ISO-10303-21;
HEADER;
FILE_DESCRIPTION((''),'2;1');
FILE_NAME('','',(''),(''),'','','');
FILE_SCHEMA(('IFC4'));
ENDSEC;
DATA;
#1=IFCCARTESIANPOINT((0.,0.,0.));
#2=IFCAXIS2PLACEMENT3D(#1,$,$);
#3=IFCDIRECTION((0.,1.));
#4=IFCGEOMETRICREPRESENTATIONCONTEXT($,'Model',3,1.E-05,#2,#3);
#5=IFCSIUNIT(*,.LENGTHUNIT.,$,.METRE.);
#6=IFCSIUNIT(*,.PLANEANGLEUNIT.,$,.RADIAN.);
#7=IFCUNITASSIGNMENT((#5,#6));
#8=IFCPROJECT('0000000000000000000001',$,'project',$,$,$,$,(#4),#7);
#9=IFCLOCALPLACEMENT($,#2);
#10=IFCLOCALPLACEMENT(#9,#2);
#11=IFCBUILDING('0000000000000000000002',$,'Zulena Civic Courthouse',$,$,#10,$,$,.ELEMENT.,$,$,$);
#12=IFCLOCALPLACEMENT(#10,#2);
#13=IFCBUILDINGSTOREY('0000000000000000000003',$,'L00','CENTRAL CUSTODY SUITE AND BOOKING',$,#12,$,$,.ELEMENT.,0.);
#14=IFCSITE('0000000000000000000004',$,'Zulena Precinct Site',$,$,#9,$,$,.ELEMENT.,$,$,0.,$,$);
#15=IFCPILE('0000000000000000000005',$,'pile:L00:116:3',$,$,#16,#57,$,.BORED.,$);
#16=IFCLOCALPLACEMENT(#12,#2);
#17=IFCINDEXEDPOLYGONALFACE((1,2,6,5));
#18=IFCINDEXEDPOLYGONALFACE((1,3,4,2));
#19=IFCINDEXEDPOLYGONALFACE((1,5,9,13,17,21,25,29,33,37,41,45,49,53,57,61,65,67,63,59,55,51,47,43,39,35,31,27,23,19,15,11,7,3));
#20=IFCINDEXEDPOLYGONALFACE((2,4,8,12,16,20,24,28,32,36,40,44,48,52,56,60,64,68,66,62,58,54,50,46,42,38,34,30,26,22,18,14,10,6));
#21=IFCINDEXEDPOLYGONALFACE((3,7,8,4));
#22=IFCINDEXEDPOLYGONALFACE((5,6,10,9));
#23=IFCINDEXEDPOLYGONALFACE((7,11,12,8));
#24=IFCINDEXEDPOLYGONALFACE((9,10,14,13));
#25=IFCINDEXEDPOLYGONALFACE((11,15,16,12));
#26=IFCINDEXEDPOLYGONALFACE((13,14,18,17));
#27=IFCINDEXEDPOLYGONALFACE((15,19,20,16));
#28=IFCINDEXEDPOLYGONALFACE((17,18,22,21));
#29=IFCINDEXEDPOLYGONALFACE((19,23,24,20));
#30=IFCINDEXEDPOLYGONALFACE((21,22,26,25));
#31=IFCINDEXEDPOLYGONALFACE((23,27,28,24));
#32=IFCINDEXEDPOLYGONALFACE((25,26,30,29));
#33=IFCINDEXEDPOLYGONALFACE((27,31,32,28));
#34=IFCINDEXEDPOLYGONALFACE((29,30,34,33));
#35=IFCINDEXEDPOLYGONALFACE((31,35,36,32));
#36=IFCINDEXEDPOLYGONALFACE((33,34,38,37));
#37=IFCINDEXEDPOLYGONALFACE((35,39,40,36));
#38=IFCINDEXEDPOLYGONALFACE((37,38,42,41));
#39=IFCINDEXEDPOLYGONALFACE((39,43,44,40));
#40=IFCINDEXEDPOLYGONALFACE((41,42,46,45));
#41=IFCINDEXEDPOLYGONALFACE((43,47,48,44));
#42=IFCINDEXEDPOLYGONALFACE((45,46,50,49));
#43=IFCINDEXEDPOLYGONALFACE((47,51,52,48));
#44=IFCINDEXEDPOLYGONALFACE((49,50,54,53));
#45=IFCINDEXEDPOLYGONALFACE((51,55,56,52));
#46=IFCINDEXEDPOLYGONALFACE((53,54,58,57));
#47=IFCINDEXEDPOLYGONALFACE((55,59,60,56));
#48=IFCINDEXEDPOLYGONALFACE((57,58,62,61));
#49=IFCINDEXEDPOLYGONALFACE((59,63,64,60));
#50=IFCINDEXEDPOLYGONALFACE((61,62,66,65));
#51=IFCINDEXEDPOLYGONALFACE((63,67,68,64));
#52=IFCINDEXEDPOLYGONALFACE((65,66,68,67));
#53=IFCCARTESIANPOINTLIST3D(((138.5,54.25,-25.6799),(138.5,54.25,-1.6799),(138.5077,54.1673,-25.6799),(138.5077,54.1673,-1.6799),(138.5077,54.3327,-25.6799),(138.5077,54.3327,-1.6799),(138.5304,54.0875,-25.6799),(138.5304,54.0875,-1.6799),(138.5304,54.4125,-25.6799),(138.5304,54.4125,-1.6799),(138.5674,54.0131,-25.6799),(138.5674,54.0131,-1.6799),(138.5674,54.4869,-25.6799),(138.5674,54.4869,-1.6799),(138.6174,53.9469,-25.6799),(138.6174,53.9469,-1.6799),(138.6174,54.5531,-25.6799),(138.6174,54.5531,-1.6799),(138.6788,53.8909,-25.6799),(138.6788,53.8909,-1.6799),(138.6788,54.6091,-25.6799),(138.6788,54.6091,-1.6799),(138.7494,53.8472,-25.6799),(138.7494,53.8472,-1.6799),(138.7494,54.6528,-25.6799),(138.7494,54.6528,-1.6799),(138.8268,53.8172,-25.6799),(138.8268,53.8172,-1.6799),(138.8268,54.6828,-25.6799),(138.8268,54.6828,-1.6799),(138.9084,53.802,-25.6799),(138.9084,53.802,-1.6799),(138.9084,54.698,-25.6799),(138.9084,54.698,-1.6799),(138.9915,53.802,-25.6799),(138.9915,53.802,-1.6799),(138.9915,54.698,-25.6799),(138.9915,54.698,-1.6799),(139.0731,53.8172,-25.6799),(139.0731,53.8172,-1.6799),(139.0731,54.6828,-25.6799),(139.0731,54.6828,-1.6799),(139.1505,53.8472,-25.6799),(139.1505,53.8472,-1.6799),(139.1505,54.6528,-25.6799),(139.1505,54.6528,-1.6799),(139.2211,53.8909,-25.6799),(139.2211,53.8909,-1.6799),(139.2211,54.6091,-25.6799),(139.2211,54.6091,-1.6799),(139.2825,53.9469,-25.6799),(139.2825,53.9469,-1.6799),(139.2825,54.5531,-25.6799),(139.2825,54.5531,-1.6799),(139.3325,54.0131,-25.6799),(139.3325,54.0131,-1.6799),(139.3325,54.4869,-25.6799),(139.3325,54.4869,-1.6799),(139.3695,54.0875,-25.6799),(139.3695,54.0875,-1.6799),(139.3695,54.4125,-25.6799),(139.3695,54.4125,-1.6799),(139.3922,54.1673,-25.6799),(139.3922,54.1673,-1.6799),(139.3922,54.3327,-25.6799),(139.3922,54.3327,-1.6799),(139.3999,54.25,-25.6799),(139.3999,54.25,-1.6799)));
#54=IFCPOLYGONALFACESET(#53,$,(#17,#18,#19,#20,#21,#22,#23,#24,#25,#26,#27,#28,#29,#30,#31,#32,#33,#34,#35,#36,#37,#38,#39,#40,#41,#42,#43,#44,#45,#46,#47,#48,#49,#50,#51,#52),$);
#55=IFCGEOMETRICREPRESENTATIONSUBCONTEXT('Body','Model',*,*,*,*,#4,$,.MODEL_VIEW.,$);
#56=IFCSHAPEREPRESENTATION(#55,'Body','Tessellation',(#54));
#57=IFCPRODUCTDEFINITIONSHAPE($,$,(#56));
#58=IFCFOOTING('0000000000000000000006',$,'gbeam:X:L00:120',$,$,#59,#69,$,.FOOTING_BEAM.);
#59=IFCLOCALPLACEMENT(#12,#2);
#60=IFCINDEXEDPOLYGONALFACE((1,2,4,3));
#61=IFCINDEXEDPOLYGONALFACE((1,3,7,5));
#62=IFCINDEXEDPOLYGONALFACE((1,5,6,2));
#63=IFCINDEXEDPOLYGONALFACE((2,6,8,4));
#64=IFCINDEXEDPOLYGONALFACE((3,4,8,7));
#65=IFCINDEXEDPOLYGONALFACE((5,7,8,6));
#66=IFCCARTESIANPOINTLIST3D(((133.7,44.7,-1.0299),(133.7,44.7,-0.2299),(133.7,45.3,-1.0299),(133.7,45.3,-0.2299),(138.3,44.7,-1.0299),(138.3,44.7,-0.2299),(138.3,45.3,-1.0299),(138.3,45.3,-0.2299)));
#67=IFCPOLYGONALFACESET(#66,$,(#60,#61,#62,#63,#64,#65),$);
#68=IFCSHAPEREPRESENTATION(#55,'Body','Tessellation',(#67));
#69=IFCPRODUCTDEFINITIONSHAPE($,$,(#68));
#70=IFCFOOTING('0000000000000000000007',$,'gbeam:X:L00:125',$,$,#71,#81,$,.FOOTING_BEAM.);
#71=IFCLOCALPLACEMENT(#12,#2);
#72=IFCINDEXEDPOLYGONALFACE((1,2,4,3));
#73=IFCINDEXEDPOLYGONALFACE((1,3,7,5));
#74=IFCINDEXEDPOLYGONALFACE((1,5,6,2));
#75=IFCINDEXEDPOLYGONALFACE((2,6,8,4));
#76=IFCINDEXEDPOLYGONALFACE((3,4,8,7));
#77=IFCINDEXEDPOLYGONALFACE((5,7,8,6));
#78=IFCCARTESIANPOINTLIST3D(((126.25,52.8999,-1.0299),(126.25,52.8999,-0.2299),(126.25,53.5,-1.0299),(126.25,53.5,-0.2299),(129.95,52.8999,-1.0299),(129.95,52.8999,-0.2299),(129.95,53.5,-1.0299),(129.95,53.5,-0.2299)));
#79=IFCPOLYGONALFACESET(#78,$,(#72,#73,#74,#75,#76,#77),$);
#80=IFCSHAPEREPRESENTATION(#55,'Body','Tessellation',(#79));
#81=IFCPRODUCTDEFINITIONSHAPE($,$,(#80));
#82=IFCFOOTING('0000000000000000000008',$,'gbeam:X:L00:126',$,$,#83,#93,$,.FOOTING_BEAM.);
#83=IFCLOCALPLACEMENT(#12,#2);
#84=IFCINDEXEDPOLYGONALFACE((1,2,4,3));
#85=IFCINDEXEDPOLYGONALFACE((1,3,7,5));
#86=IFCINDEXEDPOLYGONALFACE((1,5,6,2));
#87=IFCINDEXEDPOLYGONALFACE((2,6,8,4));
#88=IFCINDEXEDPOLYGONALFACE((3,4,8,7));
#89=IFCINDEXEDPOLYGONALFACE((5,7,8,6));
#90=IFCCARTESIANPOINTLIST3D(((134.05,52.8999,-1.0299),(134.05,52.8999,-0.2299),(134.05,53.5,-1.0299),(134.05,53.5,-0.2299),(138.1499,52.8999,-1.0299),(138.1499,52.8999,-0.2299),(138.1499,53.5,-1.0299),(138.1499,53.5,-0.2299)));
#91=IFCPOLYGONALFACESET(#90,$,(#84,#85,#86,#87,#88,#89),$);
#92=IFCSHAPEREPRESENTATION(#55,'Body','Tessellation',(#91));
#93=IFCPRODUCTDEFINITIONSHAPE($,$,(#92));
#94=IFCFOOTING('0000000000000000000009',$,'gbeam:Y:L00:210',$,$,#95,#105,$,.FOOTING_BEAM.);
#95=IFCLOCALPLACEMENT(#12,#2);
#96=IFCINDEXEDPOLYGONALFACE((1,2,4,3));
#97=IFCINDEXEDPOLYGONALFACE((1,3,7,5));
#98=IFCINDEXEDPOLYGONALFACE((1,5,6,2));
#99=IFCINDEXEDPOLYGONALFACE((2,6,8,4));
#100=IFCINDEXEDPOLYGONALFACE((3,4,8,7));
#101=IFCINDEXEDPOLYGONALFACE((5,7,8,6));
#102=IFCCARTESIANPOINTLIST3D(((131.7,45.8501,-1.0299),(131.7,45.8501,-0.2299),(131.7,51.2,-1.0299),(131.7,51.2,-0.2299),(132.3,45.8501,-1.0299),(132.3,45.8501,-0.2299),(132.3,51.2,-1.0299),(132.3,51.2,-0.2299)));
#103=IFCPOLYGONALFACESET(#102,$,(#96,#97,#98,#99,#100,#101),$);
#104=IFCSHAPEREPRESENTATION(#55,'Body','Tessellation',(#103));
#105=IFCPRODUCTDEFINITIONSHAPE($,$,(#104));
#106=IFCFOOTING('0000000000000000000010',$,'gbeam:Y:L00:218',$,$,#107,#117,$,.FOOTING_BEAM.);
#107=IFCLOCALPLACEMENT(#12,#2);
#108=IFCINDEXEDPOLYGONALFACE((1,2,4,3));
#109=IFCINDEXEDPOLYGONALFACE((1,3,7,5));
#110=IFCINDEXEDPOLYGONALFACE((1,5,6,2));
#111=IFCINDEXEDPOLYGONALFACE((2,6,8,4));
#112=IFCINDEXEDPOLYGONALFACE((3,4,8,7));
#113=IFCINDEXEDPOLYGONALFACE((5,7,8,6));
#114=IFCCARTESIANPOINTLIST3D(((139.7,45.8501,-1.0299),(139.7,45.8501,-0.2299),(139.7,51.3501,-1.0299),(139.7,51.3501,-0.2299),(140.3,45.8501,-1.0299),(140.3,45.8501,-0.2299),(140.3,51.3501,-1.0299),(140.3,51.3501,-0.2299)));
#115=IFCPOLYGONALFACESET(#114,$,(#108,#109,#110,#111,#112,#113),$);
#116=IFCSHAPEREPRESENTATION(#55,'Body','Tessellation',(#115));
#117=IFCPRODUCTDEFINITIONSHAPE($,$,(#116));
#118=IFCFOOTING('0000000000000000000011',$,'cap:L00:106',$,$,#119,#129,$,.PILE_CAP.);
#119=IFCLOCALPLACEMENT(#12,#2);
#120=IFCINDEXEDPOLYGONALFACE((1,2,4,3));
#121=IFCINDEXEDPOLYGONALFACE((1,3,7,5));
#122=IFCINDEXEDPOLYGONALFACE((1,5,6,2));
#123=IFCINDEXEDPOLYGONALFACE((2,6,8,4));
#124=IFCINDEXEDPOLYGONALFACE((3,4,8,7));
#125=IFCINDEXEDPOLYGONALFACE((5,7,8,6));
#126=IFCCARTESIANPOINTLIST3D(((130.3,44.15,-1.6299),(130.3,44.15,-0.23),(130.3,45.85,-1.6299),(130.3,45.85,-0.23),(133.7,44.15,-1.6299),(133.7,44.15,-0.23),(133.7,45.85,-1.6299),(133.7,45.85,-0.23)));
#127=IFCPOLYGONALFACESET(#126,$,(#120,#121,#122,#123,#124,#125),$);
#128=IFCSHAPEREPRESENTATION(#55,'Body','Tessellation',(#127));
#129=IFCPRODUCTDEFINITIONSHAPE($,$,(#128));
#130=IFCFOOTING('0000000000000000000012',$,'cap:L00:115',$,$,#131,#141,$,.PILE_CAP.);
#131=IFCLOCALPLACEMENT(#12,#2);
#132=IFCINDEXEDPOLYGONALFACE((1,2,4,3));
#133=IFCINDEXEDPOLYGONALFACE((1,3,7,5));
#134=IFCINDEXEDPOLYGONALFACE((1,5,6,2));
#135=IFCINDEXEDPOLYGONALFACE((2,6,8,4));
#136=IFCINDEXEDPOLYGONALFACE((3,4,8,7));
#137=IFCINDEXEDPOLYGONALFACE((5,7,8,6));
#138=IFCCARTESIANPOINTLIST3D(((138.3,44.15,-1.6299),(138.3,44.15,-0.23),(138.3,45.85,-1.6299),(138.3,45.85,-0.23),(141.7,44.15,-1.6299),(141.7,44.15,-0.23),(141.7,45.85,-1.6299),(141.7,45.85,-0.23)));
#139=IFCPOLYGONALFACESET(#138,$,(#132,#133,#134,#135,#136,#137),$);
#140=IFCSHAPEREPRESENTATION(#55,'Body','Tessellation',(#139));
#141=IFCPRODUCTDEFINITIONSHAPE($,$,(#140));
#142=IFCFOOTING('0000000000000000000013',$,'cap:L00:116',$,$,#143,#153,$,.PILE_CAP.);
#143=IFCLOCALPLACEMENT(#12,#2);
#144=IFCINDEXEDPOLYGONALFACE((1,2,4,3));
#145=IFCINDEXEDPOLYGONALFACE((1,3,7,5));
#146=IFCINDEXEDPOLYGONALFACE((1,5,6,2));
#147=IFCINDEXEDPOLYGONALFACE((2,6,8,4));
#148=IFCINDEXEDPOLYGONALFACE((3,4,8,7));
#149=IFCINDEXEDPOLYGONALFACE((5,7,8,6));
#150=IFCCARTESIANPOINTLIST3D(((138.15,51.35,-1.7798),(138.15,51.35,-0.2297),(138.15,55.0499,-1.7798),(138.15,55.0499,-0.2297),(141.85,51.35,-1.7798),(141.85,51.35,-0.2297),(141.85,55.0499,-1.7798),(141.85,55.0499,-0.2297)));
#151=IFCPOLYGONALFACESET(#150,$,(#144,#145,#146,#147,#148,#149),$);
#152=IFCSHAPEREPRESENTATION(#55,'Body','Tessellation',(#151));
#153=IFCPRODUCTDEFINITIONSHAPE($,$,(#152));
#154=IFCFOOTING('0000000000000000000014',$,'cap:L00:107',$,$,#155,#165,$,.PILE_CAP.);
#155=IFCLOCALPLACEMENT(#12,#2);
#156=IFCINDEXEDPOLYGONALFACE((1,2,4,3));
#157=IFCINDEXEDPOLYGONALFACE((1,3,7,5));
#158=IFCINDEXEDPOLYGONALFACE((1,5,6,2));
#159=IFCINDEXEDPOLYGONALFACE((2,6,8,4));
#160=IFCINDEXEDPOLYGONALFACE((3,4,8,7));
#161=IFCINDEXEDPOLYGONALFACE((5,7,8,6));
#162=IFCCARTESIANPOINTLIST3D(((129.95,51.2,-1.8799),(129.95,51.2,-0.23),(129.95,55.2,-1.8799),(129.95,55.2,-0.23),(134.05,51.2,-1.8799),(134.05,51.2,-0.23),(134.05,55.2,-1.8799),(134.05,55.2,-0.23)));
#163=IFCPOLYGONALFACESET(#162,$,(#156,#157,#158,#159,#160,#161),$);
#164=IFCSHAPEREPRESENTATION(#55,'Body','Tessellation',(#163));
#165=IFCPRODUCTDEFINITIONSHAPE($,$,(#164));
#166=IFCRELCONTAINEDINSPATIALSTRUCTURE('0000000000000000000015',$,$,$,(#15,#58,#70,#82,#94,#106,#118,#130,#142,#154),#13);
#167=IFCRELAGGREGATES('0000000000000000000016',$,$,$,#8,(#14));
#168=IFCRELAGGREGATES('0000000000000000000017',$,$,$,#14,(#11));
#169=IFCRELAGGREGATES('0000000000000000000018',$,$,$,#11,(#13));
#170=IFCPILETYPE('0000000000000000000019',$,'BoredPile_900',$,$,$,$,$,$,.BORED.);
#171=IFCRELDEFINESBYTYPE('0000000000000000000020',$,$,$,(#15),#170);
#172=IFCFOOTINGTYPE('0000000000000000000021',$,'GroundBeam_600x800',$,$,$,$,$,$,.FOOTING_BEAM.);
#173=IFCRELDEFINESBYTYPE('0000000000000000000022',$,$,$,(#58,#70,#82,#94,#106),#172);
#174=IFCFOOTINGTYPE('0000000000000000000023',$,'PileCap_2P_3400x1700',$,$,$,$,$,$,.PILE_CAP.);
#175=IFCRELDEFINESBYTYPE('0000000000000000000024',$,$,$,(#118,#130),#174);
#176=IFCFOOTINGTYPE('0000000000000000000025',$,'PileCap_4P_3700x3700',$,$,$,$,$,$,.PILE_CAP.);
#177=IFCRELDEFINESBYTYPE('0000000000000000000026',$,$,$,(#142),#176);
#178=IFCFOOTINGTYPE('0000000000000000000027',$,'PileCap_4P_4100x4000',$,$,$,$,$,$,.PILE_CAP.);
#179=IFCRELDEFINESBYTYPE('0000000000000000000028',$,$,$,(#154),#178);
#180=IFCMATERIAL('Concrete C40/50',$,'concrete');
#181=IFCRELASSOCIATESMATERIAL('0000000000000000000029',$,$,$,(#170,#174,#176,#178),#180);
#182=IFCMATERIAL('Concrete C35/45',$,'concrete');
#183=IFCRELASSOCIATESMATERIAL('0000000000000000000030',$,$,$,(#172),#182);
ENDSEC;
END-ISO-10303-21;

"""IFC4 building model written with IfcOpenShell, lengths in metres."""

from ifc_helpers import new_model, si_unit, direction, frame, origin, origin_2d, place, context, subcontext, project, spatial, rectangle, circle, extrude, material, material_profile, profile_set, type_object, element, save


model = new_model("IFC4")

# Units and contexts
model_context = context("Model", 3, precision=1e-05, world=origin(), true_north=direction((0.0, 1.0)))
body_context = subcontext(model_context, "Body", "Model", "MODEL_VIEW")
ifc_project = project(units=[si_unit("LENGTHUNIT", "METRE"), si_unit("PLANEANGLEUNIT", "RADIAN")], contexts=[model_context])

# Site, building, storey
site_placement = place(None, origin())
site = spatial("IfcSite", under=ifc_project, at=site_placement, Name="Zulena Precinct Site", CompositionType="ELEMENT", RefElevation=0.0)
building_placement = place(site_placement, origin())
building = spatial("IfcBuilding", under=site, at=building_placement, Name="Zulena Civic Courthouse", CompositionType="ELEMENT")
storey_placement = place(building_placement, origin())
storey = spatial("IfcBuildingStorey", under=building, at=storey_placement, Name="L00", Description="CENTRAL CUSTODY SUITE AND BOOKING", CompositionType="ELEMENT", Elevation=0.0)

# Pile
ifc_material_1 = material(Name="Concrete C40/50", Category="concrete")
ifc_material_profile_1 = material_profile(ifc_material_1, circle(Radius=0.45, at=origin_2d()), Name="PILE900")
ifc_profile_set_1 = profile_set([ifc_material_profile_1], Name="Concrete C40/50")
pile_type_1 = type_object("IfcPileType", Name="BoredPile_900", PredefinedType="BORED", material=ifc_profile_set_1)
for number, where, z_axis, x_axis, name in (
    (1, (138.95, 54.25, -1.6799), (0.0, 0.0, -1.0), (1.0, 0.0, 0.0), "pile:L00:116:3"),
):
    element("IfcPile", number, at=place(storey_placement, frame(where, z_axis=z_axis, x_axis=x_axis)), inside=storey, type_object=pile_type_1, Name=name, PredefinedType="BORED", context=body_context, shape_type="SweptSolid", body=[
        extrude(circle(Radius=0.45, at=origin_2d()), origin(), (0.0, 0.0, 1.0), 24.0),
    ])

# Footings
ifc_material_2 = material(Name="Concrete C35/45", Category="concrete")
ifc_material_profile_2 = material_profile(ifc_material_2, rectangle(XDim=0.6001, YDim=0.8, at=origin_2d()), Name="RC600X800")
ifc_profile_set_2 = profile_set([ifc_material_profile_2], Name="Concrete C35/45")
footing_type_1 = type_object("IfcFootingType", Name="GroundBeam_600x800", PredefinedType="FOOTING_BEAM", material=ifc_profile_set_2)
footing_1_placement = place(storey_placement, frame((133.7, 45.0, -0.6299), z_axis=(1.0, 0.0, 0.0), x_axis=(0.0, 1.0, 0.0)))
element("IfcFooting", 2, at=footing_1_placement, inside=storey, type_object=footing_type_1, Name="gbeam:X:L00:120", PredefinedType="FOOTING_BEAM", context=body_context, shape_type="SweptSolid", body=[
    extrude(rectangle(XDim=0.6001, YDim=0.8, at=origin_2d()), origin(), (0.0, 0.0, 1.0), 4.6001),
])
footing_2_placement = place(storey_placement, frame((126.25, 53.2, -0.6299), z_axis=(1.0, 0.0, 0.0), x_axis=(0.0, 1.0, 0.0)))
element("IfcFooting", 3, at=footing_2_placement, inside=storey, type_object=footing_type_1, Name="gbeam:X:L00:125", PredefinedType="FOOTING_BEAM", context=body_context, shape_type="SweptSolid", body=[
    extrude(rectangle(XDim=0.6001, YDim=0.8, at=origin_2d()), origin(), (0.0, 0.0, 1.0), 3.7),
])
footing_3_placement = place(storey_placement, frame((134.05, 53.2, -0.6299), z_axis=(1.0, 0.0, 0.0), x_axis=(0.0, 1.0, 0.0)))
element("IfcFooting", 4, at=footing_3_placement, inside=storey, type_object=footing_type_1, Name="gbeam:X:L00:126", PredefinedType="FOOTING_BEAM", context=body_context, shape_type="SweptSolid", body=[
    extrude(rectangle(XDim=0.6001, YDim=0.8, at=origin_2d()), origin(), (0.0, 0.0, 1.0), 4.0999),
])
footing_4_placement = place(storey_placement, frame((132.0, 45.8501, -0.6299), z_axis=(0.0, 1.0, 0.0), x_axis=(-1.0, 0.0, 0.0)))
element("IfcFooting", 5, at=footing_4_placement, inside=storey, type_object=footing_type_1, Name="gbeam:Y:L00:210", PredefinedType="FOOTING_BEAM", context=body_context, shape_type="SweptSolid", body=[
    extrude(rectangle(XDim=0.6001, YDim=0.8, at=origin_2d()), origin(), (0.0, 0.0, 1.0), 5.3499),
])
footing_5_placement = place(storey_placement, frame((140.0, 45.8501, -0.6299), z_axis=(0.0, 1.0, 0.0), x_axis=(-1.0, 0.0, 0.0)))
element("IfcFooting", 6, at=footing_5_placement, inside=storey, type_object=footing_type_1, Name="gbeam:Y:L00:218", PredefinedType="FOOTING_BEAM", context=body_context, shape_type="SweptSolid", body=[
    extrude(rectangle(XDim=0.6001, YDim=0.8, at=origin_2d()), origin(), (0.0, 0.0, 1.0), 5.5),
])
footing_type_2 = type_object("IfcFootingType", Name="PileCap_2P_3400x1700", PredefinedType="PILE_CAP", material=ifc_material_1)
for number, where, z_axis, x_axis, name in (
    (7, (132.0, 45.0, -1.6299), (0.0, 0.0, 1.0), (1.0, 0.0, 0.0), "cap:L00:106"),
    (8, (140.0, 45.0, -1.6299), (0.0, 0.0, 1.0), (1.0, 0.0, 0.0), "cap:L00:115"),
):
    element("IfcFooting", number, at=place(storey_placement, frame(where, z_axis=z_axis, x_axis=x_axis)), inside=storey, type_object=footing_type_2, Name=name, PredefinedType="PILE_CAP", context=body_context, shape_type="SweptSolid", body=[
        extrude(rectangle(XDim=3.3999, YDim=1.7, at=origin_2d()), origin(), (0.0, 0.0, 1.0), 1.3999),
    ])
footing_type_3 = type_object("IfcFootingType", Name="PileCap_4P_3700x3700", PredefinedType="PILE_CAP", material=ifc_material_1)
footing_6_placement = place(storey_placement, frame((140.0, 53.2, -1.7798), z_axis=(0.0, 0.0, 1.0), x_axis=(1.0, 0.0, 0.0)))
element("IfcFooting", 9, at=footing_6_placement, inside=storey, type_object=footing_type_3, Name="cap:L00:116", PredefinedType="PILE_CAP", context=body_context, shape_type="SweptSolid", body=[
    extrude(rectangle(XDim=3.7, YDim=3.7, at=origin_2d()), origin(), (0.0, 0.0, 1.0), 1.55),
])
footing_type_4 = type_object("IfcFootingType", Name="PileCap_4P_4100x4000", PredefinedType="PILE_CAP", material=ifc_material_1)
footing_7_placement = place(storey_placement, frame((132.0, 53.2, -1.8799), z_axis=(0.0, 0.0, 1.0), x_axis=(1.0, 0.0, 0.0)))
element("IfcFooting", 10, at=footing_7_placement, inside=storey, type_object=footing_type_4, Name="cap:L00:107", PredefinedType="PILE_CAP", context=body_context, shape_type="SweptSolid", body=[
    extrude(rectangle(XDim=4.1001, YDim=4.0, at=origin_2d()), origin(), (0.0, 0.0, 1.0), 1.6499),
])

save(model, "model.ifc")
